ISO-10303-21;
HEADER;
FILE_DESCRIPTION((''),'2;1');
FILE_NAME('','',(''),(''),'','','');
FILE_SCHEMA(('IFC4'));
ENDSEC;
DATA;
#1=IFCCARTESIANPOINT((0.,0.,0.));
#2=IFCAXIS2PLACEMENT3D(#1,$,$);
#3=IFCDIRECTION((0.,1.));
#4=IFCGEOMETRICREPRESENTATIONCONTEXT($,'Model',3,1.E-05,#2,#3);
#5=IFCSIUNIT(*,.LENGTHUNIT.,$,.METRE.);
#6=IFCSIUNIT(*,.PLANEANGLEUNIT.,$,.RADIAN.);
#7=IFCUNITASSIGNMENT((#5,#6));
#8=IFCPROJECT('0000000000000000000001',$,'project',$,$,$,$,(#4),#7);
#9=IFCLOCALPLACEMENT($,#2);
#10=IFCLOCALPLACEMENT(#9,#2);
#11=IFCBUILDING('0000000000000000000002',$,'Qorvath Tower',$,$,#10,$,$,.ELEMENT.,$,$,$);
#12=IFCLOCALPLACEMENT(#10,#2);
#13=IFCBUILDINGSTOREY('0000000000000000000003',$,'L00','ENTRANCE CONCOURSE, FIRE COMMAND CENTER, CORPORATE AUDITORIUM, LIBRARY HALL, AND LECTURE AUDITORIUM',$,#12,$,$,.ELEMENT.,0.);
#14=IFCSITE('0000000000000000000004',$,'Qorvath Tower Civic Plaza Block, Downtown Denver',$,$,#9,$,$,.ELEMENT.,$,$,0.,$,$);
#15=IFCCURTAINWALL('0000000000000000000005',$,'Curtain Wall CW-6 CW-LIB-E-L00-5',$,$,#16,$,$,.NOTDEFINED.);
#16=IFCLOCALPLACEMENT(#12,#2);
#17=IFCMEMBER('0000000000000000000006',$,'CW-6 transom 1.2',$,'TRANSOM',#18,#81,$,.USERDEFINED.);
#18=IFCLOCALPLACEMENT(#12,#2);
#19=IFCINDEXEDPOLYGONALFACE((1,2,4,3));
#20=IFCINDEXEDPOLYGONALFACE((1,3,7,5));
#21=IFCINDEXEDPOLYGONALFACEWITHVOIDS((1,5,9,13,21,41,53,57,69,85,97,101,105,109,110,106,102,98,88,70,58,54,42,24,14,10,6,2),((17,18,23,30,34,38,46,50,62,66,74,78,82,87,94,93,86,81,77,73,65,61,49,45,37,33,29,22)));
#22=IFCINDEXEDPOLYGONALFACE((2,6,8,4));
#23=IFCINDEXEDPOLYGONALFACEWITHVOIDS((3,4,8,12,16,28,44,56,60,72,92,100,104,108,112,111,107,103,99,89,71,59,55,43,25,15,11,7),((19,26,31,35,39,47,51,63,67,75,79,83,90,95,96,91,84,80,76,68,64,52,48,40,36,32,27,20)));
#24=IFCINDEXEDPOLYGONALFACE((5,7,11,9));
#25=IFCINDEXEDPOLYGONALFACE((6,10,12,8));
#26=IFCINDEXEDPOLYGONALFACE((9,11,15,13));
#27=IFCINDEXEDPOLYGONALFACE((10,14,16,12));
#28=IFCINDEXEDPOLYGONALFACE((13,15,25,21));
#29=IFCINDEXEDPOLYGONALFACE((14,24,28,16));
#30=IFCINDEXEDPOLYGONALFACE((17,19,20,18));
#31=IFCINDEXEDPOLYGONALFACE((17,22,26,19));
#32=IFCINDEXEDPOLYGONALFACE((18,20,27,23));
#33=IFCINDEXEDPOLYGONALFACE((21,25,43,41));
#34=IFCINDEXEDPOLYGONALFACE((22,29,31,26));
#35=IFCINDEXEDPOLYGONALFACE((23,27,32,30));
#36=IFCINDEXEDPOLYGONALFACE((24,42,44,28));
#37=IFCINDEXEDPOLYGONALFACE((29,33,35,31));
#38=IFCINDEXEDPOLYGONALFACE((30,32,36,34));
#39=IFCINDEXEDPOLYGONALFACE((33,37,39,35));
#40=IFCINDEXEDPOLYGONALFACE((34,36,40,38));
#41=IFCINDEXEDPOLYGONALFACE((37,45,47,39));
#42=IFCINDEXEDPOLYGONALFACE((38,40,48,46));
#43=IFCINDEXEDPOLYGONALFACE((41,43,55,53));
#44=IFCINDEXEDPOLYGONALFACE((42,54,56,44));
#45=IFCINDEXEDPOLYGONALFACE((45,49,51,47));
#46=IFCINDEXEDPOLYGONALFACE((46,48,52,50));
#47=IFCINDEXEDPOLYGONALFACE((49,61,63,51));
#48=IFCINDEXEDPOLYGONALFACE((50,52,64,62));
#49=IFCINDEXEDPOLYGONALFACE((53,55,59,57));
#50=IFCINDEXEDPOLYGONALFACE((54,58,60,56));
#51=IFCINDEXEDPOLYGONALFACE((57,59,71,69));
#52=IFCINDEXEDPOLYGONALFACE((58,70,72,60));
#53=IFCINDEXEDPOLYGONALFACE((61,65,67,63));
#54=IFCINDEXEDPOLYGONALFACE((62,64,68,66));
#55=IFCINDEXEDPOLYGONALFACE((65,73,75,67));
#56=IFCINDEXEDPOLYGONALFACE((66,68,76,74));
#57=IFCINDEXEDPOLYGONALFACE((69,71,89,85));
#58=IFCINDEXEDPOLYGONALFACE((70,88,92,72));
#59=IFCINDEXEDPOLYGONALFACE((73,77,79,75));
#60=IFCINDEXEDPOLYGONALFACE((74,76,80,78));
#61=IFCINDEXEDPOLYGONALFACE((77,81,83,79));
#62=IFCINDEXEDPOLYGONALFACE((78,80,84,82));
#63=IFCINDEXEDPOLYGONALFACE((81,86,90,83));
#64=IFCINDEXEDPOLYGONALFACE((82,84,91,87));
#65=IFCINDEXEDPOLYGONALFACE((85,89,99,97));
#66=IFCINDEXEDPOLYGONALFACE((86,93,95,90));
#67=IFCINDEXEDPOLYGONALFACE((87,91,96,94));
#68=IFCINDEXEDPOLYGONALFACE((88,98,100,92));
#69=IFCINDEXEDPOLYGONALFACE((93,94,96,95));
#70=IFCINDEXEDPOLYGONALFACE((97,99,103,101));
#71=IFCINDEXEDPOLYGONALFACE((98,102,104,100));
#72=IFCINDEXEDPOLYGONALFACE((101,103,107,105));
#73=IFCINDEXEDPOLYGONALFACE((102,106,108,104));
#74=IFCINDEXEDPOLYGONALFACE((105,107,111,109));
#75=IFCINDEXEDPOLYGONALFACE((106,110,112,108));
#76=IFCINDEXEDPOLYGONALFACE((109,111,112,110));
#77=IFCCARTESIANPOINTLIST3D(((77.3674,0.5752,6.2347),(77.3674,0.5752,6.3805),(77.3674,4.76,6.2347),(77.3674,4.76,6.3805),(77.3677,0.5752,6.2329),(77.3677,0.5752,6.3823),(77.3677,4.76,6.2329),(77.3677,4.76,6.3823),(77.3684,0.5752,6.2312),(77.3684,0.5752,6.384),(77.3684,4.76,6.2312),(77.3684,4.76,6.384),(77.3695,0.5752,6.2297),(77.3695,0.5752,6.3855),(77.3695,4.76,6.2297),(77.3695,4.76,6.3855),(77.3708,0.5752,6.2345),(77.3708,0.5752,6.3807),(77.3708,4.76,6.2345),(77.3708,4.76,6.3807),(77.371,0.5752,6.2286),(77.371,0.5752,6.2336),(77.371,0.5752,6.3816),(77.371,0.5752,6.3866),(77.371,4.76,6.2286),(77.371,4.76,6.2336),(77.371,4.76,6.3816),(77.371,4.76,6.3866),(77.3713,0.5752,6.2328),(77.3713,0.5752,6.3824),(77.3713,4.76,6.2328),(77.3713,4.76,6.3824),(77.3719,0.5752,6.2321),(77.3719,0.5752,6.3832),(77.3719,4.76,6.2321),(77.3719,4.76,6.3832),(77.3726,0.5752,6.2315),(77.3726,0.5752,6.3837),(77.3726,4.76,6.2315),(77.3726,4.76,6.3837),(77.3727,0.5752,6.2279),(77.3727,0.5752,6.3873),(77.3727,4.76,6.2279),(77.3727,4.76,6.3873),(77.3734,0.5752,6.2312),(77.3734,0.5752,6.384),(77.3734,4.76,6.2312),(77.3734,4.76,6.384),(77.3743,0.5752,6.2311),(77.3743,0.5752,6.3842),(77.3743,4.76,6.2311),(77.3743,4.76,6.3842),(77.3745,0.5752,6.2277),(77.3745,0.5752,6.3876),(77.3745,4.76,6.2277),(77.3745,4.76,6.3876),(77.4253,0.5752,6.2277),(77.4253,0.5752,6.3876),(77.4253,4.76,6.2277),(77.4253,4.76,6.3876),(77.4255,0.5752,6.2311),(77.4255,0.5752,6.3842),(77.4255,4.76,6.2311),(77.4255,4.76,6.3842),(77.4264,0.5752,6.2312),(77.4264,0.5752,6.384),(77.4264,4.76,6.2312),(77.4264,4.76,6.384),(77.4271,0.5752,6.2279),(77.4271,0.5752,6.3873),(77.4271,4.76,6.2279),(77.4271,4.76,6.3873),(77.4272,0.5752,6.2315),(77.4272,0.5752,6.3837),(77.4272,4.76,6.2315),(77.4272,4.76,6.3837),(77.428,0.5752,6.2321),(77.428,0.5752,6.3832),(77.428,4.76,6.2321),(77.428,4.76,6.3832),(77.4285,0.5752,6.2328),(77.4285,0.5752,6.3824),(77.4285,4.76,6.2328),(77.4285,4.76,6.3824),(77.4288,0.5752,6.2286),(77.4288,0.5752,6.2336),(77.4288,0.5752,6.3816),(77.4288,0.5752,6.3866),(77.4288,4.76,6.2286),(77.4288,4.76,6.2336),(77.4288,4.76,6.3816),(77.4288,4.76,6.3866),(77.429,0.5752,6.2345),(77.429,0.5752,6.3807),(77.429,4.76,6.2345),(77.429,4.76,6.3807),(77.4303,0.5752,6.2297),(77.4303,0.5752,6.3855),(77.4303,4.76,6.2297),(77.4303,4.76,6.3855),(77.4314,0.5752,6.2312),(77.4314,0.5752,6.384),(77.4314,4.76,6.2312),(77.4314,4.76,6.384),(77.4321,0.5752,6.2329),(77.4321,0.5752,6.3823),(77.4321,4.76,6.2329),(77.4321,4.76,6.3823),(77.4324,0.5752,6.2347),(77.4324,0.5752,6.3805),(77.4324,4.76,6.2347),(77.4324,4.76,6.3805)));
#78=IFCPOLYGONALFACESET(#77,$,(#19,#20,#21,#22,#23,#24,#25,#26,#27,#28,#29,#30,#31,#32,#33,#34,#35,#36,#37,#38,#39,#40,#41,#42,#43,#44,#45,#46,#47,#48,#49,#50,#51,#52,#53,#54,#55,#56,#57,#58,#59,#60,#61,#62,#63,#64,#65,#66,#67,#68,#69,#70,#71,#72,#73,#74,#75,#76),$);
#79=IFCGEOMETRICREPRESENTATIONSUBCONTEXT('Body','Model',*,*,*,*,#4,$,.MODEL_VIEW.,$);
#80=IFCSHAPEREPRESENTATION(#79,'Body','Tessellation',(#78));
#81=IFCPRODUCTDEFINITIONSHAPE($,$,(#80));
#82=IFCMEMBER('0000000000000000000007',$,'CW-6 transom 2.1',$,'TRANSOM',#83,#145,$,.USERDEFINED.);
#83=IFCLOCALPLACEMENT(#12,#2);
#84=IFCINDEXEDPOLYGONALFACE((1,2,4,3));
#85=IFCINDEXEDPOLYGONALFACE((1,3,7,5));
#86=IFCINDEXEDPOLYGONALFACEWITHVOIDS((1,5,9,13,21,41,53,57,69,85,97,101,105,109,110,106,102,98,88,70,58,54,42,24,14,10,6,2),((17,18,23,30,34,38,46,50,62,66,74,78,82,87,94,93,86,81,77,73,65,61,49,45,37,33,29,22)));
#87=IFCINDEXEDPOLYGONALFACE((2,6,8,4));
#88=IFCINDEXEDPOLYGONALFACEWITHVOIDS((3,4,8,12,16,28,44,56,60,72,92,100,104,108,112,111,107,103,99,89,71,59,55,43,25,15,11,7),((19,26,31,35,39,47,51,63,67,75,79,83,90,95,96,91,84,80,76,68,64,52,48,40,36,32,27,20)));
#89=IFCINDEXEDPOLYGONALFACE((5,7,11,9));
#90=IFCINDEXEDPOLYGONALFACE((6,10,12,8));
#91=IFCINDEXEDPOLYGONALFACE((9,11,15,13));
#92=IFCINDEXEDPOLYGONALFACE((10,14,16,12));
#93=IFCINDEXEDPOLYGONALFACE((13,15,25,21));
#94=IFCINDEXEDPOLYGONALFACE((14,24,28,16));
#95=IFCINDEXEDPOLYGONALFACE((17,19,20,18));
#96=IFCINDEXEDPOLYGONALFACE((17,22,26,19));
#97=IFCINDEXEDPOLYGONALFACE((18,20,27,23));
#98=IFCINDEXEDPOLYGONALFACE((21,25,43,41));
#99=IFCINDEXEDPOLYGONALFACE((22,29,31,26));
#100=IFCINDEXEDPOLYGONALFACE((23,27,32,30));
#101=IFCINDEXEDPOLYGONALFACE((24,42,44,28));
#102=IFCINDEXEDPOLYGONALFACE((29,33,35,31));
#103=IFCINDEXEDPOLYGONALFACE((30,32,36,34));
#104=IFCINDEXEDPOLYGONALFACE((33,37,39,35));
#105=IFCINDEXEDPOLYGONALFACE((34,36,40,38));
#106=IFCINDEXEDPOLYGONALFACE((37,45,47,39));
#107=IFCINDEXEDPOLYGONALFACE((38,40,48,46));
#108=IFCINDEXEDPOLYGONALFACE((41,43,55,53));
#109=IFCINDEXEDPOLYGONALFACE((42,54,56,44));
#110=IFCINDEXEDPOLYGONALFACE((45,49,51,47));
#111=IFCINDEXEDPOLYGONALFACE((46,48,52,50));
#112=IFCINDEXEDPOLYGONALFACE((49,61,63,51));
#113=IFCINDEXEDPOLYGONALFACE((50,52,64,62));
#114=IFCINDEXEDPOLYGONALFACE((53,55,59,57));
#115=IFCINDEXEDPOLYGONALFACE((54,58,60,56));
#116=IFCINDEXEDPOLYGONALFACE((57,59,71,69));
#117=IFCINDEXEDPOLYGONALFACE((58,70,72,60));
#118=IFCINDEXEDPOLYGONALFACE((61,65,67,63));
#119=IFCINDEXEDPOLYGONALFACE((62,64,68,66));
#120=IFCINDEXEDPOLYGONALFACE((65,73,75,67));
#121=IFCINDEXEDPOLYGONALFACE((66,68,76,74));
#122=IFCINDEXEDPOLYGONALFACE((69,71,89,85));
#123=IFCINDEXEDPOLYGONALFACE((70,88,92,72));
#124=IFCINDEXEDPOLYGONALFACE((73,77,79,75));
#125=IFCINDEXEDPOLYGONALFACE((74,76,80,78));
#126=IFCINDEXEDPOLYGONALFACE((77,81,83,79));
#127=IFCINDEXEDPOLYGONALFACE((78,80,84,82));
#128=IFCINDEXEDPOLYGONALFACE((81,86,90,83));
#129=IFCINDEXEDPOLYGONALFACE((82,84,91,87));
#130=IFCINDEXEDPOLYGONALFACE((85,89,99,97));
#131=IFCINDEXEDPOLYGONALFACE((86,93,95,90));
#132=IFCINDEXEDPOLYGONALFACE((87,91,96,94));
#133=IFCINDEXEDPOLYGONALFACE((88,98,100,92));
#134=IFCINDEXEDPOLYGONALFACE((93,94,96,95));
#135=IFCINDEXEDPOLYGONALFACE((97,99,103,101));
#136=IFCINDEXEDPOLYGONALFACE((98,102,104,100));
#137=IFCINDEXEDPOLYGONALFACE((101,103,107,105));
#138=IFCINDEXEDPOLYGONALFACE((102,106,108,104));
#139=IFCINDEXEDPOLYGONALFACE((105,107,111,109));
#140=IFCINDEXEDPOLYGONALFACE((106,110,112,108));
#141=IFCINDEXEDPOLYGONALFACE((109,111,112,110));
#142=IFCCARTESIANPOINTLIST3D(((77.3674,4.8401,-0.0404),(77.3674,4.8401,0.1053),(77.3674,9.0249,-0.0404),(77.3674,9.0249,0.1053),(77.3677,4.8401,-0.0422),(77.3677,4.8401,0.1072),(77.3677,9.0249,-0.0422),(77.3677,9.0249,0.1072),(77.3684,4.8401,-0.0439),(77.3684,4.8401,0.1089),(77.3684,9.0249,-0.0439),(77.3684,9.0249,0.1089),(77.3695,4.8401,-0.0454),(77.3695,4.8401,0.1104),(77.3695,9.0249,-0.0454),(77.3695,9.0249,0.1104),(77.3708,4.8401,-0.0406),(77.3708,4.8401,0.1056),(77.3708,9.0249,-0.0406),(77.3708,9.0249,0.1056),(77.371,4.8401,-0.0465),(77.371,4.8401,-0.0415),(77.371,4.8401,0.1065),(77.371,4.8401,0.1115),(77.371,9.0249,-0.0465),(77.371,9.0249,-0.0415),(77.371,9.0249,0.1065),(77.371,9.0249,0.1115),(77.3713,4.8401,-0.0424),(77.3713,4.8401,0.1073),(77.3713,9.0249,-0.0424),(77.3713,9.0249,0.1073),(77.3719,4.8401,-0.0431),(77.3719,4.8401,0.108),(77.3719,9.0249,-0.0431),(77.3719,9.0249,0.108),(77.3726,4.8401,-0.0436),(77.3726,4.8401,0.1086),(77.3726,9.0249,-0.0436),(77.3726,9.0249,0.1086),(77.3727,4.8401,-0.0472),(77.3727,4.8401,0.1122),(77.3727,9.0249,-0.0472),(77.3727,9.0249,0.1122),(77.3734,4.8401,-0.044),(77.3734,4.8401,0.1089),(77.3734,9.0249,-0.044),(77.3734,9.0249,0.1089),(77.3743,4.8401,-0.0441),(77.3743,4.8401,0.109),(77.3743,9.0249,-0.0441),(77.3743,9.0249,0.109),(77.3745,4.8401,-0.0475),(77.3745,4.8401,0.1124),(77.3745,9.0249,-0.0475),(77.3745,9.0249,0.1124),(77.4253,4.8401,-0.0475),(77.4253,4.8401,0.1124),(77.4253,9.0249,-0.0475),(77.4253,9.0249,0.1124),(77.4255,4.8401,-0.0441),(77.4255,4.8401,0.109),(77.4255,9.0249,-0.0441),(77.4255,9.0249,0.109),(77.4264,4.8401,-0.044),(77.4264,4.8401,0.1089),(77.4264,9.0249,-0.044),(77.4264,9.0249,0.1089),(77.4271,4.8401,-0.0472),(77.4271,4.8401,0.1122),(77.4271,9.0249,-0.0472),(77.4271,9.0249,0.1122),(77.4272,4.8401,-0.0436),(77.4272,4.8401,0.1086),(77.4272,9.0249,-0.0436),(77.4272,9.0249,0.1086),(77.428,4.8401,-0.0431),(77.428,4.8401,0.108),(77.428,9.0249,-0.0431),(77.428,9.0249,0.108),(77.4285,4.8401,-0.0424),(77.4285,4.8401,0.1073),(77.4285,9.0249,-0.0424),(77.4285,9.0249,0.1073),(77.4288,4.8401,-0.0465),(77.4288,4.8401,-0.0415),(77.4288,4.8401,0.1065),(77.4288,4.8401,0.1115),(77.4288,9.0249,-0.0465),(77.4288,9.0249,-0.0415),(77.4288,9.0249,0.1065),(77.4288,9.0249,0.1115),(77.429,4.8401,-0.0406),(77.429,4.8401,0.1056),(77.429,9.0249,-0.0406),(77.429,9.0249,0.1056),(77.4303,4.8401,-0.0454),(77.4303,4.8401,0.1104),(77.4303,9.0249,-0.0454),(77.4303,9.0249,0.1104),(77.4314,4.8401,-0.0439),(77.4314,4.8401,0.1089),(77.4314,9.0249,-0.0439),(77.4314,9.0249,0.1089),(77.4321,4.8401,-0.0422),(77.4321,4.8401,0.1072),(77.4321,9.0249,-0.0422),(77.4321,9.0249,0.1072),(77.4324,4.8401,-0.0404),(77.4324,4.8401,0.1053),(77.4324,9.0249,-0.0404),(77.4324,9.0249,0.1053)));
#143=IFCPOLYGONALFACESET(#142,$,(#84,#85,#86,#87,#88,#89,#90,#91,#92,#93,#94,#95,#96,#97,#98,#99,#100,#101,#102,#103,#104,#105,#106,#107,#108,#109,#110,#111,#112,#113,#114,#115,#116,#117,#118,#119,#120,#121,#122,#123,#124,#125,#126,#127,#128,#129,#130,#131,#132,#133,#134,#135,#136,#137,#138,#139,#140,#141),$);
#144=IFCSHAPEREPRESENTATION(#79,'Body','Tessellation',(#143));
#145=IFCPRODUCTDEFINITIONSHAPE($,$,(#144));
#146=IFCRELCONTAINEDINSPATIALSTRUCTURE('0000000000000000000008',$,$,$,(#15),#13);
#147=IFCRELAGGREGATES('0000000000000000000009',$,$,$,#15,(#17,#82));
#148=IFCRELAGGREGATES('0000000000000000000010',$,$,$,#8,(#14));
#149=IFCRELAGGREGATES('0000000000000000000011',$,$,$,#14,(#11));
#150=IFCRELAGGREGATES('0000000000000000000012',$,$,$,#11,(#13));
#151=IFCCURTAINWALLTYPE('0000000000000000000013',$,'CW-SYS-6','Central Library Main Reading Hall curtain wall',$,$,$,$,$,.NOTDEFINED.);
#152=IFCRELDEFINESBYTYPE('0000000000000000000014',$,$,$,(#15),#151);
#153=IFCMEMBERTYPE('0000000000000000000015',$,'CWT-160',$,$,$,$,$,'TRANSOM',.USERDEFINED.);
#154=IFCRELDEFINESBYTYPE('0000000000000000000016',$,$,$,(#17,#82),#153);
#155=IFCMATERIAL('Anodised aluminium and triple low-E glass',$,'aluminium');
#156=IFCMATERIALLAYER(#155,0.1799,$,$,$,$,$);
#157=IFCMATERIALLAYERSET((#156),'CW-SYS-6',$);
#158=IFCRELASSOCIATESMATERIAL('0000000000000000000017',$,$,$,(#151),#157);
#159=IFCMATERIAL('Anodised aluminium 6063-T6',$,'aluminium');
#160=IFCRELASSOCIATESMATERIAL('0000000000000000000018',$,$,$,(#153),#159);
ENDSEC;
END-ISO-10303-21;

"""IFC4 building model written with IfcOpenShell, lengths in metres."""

from ifc_helpers import new_model, si_unit, direction, frame, origin, origin_2d, place, context, subcontext, project, spatial, hollow_rectangle, extrude, material, layer, layer_set, material_profile, profile_set, type_object, element, aggregate, save


model = new_model("IFC4")

# Units and contexts
model_context = context("Model", 3, precision=1e-05, world=origin(), true_north=direction((0.0, 1.0)))
body_context = subcontext(model_context, "Body", "Model", "MODEL_VIEW")
ifc_project = project(units=[si_unit("LENGTHUNIT", "METRE"), si_unit("PLANEANGLEUNIT", "RADIAN")], contexts=[model_context])

# Site, building, storey
site_placement = place(None, origin())
site = spatial("IfcSite", under=ifc_project, at=site_placement, Name="Qorvath Tower Civic Plaza Block, Downtown Denver", CompositionType="ELEMENT", RefElevation=0.0)
building_placement = place(site_placement, origin())
building = spatial("IfcBuilding", under=site, at=building_placement, Name="Qorvath Tower", CompositionType="ELEMENT")
storey_placement = place(building_placement, origin())
storey = spatial("IfcBuildingStorey", under=building, at=storey_placement, Name="L00", Description="ENTRANCE CONCOURSE, FIRE COMMAND CENTER, CORPORATE AUDITORIUM, LIBRARY HALL, AND LECTURE AUDITORIUM", CompositionType="ELEMENT", Elevation=0.0)

# Curtain wall
ifc_material_1 = material(Name="Anodised aluminium and triple low-E glass", Category="aluminium")
ifc_layer_1 = layer(ifc_material_1, 0.1799)
ifc_layer_set_1 = layer_set([ifc_layer_1], Name="CW-SYS-6")
curtain_wall_type = type_object("IfcCurtainWallType", Name="CW-SYS-6", Description="Central Library Main Reading Hall curtain wall", PredefinedType="NOTDEFINED", material=ifc_layer_set_1)
curtain_wall_1_placement = place(storey_placement, origin())
curtain_wall_1 = element("IfcCurtainWall", 1, at=curtain_wall_1_placement, inside=storey, type_object=curtain_wall_type, Name="Curtain Wall CW-6 CW-LIB-E-L00-5", PredefinedType="NOTDEFINED")

# Members
ifc_material_2 = material(Name="Anodised aluminium 6063-T6", Category="aluminium")
ifc_material_profile_1 = material_profile(ifc_material_2, hollow_rectangle(XDim=0.0649, YDim=0.1599, WallThickness=0.0034, InnerFilletRadius=0.0034, OuterFilletRadius=0.0071, at=origin_2d()), Name="CWT 160x65")
ifc_profile_set_1 = profile_set([ifc_material_profile_1], Name="Anodised aluminium 6063-T6")
member_type_1 = type_object("IfcMemberType", Name="CWT-160", ElementType="TRANSOM", PredefinedType="USERDEFINED", material=ifc_profile_set_1)
member_1_placement = place(storey_placement, frame((77.3999, 0.5752, 6.3076), z_axis=(0.0, 1.0, 0.0), x_axis=(-1.0, 0.0, 0.0)))
member_1 = element("IfcMember", 2, at=member_1_placement, type_object=member_type_1, Name="CW-6 transom 1.2", ObjectType="TRANSOM", PredefinedType="USERDEFINED", context=body_context, shape_type="SweptSolid", body=[
    extrude(hollow_rectangle(XDim=0.0649, YDim=0.1599, WallThickness=0.0034, InnerFilletRadius=0.0034, OuterFilletRadius=0.0071, at=origin_2d()), origin(), (0.0, 0.0, 1.0), 4.1848),
])
member_2_placement = place(storey_placement, frame((77.3999, 4.8401, 0.0325), z_axis=(0.0, 1.0, 0.0), x_axis=(-1.0, 0.0, 0.0)))
member_2 = element("IfcMember", 3, at=member_2_placement, type_object=member_type_1, Name="CW-6 transom 2.1", ObjectType="TRANSOM", PredefinedType="USERDEFINED", context=body_context, shape_type="SweptSolid", body=[
    extrude(hollow_rectangle(XDim=0.0649, YDim=0.1599, WallThickness=0.0034, InnerFilletRadius=0.0034, OuterFilletRadius=0.0071, at=origin_2d()), origin(), (0.0, 0.0, 1.0), 4.1848),
])

aggregate(curtain_wall_1, [member_1, member_2])

save(model, "model.ifc")
